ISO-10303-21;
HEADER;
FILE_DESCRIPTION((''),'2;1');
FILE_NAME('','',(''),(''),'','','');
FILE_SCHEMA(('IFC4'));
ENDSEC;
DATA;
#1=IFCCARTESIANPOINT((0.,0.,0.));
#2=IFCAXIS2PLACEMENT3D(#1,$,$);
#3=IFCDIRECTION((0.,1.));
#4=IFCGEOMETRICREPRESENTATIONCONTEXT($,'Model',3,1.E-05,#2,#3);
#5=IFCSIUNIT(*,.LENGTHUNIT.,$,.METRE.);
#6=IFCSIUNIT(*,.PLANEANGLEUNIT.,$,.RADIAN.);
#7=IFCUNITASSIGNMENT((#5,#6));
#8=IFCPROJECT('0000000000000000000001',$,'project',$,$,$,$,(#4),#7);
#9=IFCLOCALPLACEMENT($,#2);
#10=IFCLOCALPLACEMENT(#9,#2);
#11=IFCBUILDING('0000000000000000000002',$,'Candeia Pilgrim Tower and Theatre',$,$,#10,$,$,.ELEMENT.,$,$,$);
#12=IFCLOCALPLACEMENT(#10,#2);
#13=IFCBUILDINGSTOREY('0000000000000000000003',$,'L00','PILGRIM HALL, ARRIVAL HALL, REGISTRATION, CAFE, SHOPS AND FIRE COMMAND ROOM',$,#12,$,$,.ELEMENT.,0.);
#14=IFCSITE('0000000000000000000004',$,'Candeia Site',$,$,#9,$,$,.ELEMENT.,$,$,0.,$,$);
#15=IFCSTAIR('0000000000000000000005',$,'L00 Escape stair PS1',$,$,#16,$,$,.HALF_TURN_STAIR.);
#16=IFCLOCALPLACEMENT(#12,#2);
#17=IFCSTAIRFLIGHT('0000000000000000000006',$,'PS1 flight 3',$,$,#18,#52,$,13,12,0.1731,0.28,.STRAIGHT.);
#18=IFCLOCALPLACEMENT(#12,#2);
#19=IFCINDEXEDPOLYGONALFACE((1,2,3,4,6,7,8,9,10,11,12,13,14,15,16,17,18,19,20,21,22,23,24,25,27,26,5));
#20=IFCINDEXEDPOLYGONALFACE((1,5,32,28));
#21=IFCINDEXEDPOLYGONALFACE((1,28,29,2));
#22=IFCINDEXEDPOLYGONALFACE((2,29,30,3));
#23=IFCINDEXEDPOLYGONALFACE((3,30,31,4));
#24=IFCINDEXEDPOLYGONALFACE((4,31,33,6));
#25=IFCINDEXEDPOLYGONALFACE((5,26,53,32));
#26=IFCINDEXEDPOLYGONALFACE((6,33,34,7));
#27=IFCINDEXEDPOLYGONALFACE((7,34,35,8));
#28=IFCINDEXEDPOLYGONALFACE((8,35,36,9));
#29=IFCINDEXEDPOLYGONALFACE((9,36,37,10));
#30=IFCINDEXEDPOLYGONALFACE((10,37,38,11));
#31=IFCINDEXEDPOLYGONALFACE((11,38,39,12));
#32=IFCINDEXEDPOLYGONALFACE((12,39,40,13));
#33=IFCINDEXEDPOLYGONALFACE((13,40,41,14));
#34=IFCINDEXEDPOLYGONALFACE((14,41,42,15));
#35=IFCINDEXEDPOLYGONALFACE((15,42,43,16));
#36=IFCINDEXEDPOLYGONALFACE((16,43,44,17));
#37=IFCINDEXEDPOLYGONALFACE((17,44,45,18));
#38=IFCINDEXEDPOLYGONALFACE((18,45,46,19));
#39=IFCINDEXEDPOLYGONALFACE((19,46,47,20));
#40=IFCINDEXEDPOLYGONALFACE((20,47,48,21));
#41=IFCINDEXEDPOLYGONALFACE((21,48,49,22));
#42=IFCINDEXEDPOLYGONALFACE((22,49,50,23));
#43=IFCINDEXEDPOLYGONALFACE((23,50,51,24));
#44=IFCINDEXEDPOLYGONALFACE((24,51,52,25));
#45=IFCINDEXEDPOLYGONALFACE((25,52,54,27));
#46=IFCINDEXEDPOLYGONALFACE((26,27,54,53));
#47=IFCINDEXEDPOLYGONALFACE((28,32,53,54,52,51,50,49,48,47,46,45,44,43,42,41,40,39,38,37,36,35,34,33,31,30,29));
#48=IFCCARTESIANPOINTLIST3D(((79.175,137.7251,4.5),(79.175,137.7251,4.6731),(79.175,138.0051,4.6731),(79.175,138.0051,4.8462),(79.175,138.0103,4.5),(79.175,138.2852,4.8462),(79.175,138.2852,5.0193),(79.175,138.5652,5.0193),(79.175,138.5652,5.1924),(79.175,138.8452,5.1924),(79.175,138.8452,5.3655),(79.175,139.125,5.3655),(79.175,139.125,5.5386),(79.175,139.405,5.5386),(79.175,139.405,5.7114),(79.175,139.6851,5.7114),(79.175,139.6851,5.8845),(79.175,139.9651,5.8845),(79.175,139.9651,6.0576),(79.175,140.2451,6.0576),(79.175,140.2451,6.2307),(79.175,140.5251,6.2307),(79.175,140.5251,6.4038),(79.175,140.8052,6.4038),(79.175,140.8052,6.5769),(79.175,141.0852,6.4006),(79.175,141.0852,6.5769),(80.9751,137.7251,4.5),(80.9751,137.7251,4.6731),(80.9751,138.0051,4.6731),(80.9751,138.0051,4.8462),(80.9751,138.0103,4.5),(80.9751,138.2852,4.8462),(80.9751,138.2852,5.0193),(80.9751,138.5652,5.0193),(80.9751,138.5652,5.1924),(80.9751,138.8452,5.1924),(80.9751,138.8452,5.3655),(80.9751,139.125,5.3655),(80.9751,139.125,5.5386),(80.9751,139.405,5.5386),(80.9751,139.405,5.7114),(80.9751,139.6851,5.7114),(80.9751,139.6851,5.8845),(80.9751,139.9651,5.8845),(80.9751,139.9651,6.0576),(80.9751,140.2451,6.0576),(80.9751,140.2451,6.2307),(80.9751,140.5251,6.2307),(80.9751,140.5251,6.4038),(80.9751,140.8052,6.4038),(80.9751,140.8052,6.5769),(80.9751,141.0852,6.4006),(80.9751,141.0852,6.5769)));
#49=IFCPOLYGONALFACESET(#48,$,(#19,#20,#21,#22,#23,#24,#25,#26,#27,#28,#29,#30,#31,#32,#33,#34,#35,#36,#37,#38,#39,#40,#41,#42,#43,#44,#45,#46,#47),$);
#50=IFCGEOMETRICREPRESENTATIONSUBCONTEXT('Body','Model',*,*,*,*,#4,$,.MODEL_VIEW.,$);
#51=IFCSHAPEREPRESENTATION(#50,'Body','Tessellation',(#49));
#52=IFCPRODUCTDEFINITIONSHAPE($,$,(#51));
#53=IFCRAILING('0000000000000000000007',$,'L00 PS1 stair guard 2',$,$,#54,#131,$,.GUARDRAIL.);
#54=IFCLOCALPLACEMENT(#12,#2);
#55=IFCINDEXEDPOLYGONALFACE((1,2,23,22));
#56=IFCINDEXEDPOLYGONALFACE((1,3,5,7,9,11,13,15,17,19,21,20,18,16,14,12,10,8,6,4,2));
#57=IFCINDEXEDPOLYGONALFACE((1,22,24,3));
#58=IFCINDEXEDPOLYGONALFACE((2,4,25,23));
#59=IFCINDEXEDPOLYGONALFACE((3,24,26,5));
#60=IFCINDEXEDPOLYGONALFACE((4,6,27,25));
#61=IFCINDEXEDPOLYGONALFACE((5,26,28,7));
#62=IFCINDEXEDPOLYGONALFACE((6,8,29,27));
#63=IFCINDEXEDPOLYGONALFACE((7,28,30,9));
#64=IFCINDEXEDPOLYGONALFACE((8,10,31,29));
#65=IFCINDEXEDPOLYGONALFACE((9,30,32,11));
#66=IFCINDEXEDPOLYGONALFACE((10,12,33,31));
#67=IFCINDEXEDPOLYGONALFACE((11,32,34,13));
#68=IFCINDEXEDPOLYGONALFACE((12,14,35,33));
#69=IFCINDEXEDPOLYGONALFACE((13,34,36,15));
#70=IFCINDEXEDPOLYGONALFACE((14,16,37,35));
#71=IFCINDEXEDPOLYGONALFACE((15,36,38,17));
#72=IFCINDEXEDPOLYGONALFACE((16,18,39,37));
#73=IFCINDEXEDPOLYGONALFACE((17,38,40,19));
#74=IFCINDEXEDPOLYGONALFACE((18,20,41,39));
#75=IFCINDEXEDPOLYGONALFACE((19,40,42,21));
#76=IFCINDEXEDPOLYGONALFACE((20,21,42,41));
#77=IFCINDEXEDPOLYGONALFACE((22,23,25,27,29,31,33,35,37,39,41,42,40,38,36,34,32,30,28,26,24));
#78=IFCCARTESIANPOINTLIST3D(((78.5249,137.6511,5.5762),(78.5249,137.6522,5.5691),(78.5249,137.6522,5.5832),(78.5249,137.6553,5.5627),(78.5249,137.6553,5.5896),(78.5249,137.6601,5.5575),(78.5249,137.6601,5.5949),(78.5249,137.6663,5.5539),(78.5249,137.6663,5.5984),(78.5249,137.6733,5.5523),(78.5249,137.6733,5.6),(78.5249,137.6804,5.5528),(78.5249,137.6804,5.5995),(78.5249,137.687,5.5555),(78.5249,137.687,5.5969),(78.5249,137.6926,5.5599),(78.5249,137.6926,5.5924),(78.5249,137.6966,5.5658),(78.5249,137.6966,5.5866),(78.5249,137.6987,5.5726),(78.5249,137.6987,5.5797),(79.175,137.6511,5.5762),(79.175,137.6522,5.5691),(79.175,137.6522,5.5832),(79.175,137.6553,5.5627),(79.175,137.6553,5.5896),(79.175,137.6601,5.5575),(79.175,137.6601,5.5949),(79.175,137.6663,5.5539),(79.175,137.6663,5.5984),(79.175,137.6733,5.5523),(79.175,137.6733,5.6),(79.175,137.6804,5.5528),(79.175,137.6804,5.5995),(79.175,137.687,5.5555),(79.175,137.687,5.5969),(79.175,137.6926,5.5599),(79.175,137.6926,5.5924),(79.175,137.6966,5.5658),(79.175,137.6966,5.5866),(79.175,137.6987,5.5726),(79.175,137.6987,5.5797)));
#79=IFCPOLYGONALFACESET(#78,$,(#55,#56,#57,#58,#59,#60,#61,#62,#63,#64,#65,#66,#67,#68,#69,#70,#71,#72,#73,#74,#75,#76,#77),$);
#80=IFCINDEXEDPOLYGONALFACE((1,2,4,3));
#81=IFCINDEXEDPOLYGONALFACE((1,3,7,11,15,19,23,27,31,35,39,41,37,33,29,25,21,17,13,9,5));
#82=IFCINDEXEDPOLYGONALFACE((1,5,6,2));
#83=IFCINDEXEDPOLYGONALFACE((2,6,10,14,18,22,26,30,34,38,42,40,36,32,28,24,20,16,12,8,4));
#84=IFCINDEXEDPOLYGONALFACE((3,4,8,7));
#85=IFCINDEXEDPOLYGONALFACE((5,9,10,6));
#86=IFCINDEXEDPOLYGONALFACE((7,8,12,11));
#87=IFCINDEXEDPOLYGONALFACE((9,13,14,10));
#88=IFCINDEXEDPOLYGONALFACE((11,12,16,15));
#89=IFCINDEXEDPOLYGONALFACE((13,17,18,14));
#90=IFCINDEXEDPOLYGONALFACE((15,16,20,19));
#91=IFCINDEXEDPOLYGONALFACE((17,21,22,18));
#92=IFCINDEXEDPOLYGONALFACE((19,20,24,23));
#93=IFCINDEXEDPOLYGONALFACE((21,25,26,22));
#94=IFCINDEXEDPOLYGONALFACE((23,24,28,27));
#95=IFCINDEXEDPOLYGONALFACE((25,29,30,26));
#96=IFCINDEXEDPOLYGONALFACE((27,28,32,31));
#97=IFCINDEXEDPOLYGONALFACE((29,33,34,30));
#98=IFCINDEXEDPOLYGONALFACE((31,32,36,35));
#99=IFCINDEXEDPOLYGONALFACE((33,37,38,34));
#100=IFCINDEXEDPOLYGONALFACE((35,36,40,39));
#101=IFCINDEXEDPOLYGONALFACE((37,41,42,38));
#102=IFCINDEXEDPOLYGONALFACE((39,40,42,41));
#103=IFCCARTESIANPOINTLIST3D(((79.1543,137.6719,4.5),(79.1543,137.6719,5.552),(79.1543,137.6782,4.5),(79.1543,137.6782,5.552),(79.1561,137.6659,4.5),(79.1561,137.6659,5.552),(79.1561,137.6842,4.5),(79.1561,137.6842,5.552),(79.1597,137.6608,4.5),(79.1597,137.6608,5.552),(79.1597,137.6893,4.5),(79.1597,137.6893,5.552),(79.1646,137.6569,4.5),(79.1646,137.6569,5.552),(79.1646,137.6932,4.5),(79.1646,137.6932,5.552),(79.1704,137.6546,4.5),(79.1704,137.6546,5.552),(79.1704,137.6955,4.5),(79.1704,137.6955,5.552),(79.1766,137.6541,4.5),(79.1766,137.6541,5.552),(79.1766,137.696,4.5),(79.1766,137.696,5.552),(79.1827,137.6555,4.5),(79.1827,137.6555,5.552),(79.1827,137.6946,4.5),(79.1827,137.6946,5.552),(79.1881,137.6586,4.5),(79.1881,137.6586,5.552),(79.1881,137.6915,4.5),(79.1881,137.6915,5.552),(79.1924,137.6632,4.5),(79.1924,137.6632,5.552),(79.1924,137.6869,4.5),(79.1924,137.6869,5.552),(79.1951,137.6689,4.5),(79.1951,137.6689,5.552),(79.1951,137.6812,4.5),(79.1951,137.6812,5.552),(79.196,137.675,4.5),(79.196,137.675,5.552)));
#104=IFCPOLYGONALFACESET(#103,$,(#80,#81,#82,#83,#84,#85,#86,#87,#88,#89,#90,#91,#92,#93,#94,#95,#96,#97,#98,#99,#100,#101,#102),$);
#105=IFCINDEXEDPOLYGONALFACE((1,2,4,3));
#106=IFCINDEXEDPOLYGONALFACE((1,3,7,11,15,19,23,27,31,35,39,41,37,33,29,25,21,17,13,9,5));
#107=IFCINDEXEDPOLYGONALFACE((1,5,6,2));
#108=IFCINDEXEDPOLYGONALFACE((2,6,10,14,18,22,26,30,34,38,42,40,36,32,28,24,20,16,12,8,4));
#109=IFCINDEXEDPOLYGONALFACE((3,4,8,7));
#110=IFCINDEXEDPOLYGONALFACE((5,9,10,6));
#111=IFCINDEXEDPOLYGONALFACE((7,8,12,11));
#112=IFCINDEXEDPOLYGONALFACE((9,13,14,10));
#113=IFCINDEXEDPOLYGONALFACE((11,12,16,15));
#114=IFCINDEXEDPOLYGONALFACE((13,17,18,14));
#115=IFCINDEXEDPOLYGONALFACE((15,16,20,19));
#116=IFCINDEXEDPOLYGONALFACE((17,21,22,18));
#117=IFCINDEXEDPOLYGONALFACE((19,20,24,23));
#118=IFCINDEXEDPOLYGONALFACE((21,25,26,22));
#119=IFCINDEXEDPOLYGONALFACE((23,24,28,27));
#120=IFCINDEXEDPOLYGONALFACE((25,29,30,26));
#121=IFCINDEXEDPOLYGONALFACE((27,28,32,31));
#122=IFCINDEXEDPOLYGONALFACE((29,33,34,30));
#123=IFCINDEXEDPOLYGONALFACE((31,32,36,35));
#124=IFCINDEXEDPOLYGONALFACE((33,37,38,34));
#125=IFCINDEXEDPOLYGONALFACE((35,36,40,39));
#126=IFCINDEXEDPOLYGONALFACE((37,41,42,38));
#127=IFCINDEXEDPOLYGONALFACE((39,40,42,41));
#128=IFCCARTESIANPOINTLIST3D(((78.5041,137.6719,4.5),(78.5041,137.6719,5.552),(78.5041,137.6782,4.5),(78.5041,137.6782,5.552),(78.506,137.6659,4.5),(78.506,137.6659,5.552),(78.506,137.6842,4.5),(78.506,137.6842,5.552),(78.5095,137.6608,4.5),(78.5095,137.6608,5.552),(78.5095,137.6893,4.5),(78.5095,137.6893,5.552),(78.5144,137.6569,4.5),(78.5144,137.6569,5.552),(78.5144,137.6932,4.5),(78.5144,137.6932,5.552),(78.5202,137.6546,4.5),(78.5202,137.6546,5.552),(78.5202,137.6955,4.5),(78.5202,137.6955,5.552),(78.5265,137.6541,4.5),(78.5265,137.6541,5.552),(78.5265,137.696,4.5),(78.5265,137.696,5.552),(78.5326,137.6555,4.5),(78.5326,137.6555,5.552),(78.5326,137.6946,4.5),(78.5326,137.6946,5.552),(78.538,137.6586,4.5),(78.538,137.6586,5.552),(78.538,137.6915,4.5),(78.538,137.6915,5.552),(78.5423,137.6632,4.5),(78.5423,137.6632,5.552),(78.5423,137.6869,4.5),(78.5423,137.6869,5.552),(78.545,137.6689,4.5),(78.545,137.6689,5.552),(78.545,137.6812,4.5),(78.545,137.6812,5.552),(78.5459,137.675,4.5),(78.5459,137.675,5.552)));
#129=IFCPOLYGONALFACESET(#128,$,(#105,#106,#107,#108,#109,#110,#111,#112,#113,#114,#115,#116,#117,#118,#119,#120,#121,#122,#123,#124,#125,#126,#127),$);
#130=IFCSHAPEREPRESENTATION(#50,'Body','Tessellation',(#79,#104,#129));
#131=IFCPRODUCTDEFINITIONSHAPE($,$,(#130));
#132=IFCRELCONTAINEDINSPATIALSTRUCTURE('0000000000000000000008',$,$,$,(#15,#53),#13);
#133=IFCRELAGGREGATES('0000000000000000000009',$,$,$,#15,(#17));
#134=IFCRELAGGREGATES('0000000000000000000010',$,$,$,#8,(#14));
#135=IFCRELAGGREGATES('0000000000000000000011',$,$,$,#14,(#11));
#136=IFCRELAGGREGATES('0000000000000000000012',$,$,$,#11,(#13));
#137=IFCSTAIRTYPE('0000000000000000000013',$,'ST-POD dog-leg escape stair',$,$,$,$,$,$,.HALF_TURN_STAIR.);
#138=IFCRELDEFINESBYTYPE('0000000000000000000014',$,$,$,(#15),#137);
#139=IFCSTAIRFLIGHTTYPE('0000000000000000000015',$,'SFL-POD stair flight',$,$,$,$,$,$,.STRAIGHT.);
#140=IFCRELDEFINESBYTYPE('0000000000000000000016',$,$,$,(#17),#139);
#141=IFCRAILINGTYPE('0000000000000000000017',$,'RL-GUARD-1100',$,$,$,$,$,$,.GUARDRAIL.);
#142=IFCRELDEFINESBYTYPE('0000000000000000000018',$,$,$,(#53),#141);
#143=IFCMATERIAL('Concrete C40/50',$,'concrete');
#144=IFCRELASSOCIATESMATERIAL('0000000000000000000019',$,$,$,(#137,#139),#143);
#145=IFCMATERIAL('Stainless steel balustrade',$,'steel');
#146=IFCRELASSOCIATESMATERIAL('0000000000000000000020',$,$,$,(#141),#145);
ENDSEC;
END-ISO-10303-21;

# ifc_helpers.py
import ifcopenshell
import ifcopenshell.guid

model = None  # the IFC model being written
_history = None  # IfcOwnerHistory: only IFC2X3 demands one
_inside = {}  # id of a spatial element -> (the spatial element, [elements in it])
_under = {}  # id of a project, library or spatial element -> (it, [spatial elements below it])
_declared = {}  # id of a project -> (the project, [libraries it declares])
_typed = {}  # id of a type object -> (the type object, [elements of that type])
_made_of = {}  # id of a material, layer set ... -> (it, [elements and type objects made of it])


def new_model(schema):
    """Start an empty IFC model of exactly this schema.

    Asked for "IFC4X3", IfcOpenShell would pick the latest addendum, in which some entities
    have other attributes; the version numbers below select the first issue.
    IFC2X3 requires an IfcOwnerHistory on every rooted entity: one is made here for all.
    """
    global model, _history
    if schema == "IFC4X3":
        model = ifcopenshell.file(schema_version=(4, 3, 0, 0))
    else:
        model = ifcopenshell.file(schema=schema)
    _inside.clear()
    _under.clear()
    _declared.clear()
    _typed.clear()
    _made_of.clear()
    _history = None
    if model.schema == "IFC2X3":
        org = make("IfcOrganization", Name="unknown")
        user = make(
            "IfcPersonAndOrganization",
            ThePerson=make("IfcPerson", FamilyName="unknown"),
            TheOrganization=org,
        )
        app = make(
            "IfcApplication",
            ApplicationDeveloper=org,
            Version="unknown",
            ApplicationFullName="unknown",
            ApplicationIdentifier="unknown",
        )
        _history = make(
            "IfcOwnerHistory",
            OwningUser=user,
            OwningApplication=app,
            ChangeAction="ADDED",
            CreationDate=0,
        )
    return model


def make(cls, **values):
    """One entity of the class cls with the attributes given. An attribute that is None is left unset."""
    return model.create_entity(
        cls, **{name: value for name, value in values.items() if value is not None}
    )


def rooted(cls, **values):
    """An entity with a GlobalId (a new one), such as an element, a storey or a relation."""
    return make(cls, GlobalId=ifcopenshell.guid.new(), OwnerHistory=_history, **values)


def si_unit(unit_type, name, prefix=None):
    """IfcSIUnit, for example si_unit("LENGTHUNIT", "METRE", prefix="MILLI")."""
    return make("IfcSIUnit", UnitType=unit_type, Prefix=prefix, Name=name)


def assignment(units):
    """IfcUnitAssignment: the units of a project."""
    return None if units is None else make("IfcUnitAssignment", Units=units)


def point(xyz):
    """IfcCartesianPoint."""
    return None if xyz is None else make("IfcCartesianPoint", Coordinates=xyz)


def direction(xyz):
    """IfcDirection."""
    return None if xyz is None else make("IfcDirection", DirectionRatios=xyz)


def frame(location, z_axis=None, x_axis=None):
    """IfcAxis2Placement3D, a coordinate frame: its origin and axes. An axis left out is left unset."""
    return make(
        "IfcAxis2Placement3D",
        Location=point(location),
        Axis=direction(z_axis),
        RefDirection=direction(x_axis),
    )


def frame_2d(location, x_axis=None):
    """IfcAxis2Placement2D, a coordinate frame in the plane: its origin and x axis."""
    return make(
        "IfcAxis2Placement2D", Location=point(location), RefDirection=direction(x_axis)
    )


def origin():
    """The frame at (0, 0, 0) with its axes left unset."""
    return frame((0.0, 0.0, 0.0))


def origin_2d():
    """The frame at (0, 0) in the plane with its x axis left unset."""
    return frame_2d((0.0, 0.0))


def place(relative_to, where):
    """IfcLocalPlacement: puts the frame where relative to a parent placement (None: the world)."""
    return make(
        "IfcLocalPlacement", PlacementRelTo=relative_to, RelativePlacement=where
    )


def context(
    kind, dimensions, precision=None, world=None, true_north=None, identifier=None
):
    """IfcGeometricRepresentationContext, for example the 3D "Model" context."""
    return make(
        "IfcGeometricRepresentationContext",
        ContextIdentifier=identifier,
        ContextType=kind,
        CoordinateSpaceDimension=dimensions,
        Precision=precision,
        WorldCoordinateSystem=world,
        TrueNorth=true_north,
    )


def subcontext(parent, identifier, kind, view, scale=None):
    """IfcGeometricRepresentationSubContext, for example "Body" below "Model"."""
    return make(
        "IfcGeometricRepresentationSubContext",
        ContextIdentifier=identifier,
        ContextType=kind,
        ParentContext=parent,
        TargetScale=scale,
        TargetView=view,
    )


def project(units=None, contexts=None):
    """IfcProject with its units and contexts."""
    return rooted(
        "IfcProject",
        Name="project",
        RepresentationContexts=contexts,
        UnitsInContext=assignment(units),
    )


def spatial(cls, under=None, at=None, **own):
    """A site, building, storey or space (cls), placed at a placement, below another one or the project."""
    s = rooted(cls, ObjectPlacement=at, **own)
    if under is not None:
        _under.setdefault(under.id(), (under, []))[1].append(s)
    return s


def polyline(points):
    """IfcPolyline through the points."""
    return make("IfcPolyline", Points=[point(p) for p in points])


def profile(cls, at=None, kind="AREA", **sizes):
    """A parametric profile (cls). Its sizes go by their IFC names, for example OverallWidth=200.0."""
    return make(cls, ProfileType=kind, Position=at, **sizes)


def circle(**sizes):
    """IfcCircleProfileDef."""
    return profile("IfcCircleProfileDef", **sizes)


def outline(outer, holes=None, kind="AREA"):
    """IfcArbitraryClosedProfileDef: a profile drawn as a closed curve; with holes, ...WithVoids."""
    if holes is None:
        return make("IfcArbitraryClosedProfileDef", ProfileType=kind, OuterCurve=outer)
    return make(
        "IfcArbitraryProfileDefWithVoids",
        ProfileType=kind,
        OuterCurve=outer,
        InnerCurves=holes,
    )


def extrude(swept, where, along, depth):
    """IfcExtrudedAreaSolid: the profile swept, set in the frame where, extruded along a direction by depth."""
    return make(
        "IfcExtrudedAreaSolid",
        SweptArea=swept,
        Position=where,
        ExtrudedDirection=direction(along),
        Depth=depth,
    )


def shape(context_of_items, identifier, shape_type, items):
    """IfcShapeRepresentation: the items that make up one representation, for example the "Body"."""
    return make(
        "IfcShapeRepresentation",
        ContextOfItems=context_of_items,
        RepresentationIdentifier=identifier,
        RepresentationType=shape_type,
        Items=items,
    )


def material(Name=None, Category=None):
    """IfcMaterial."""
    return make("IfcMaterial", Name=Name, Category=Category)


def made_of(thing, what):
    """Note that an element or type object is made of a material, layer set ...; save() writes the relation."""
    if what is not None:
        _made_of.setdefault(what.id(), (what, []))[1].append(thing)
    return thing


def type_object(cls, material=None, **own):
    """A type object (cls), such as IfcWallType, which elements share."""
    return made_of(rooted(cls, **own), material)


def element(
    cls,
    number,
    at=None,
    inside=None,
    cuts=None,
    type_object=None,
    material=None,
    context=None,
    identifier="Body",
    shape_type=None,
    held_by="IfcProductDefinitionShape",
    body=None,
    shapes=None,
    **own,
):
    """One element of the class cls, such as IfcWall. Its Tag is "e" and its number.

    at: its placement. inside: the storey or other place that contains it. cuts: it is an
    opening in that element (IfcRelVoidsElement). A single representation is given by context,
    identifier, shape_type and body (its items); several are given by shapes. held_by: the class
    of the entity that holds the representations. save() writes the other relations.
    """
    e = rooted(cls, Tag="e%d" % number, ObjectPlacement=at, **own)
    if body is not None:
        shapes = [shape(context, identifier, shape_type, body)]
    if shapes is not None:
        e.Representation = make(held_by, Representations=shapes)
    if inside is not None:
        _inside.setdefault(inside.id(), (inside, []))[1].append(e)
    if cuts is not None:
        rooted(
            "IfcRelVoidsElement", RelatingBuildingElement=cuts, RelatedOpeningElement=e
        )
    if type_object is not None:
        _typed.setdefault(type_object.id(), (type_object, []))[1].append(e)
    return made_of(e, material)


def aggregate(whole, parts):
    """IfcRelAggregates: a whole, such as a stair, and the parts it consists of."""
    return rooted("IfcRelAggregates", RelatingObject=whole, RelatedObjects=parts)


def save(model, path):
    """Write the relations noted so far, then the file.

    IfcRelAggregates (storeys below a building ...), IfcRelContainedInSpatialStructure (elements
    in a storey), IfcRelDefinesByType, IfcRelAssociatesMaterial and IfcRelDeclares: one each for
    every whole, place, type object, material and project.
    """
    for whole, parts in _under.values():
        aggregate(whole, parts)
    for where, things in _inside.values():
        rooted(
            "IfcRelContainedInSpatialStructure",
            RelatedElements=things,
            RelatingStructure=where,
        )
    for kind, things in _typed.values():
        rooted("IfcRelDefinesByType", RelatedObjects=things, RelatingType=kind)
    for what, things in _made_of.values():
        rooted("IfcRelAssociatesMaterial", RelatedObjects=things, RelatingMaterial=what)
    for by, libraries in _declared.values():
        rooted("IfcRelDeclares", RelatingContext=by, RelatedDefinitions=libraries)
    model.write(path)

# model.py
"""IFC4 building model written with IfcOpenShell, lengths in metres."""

from ifc_helpers import new_model, si_unit, direction, frame, origin, origin_2d, place, context, subcontext, project, spatial, polyline, circle, outline, extrude, material, type_object, element, aggregate, save


model = new_model("IFC4")

# Units and contexts
model_context = context("Model", 3, precision=1e-05, world=origin(), true_north=direction((0.0, 1.0)))
body_context = subcontext(model_context, "Body", "Model", "MODEL_VIEW")
ifc_project = project(units=[si_unit("LENGTHUNIT", "METRE"), si_unit("PLANEANGLEUNIT", "RADIAN")], contexts=[model_context])

# Site, building, storey
site_placement = place(None, origin())
site = spatial("IfcSite", under=ifc_project, at=site_placement, Name="Candeia Site", CompositionType="ELEMENT", RefElevation=0.0)
building_placement = place(site_placement, origin())
building = spatial("IfcBuilding", under=site, at=building_placement, Name="Candeia Pilgrim Tower and Theatre", CompositionType="ELEMENT")
storey_placement = place(building_placement, origin())
storey = spatial("IfcBuildingStorey", under=building, at=storey_placement, Name="L00", Description="PILGRIM HALL, ARRIVAL HALL, REGISTRATION, CAFE, SHOPS AND FIRE COMMAND ROOM", CompositionType="ELEMENT", Elevation=0.0)

# Shared definitions
ifc_material_1 = material(Name="Concrete C40/50", Category="concrete")

# Stair, stair flight
stair_type = type_object("IfcStairType", Name="ST-POD dog-leg escape stair", PredefinedType="HALF_TURN_STAIR", material=ifc_material_1)
stair_placement = place(storey_placement, origin())
stair = element("IfcStair", 1, at=stair_placement, inside=storey, type_object=stair_type, Name="L00 Escape stair PS1", PredefinedType="HALF_TURN_STAIR")
stair_flight_type = type_object("IfcStairFlightType", Name="SFL-POD stair flight", PredefinedType="STRAIGHT", material=ifc_material_1)
stair_flight_1_placement = place(storey_placement, frame((80.075, 137.7251, 4.5), z_axis=(0.0, 0.0, 1.0), x_axis=(0.0, 1.0, 0.0)))
stair_flight_1 = element("IfcStairFlight", 2, at=stair_flight_1_placement, type_object=stair_flight_type, Name="PS1 flight 3", NumberOfRisers=13, NumberOfTreads=12, PredefinedType="STRAIGHT", RiserHeight=0.1731, TreadLength=0.28, context=body_context, shape_type="SweptSolid", body=[
    extrude(outline(polyline([(0.0, 0.0), (0.0, 0.1731), (0.28, 0.1731), (0.28, 0.3462), (0.5601, 0.3462), (0.5601, 0.5193), (0.8401, 0.5193), (0.8401, 0.6924), (1.1201, 0.6924), (1.1201, 0.8655), (1.3999, 0.8655), (1.3999, 1.0386), (1.6799, 1.0386), (1.6799, 1.2114), (1.96, 1.2114), (1.96, 1.3845), (2.24, 1.3845), (2.24, 1.5576), (2.52, 1.5576), (2.52, 1.7307), (2.8, 1.7307), (2.8, 1.9038), (3.0801, 1.9038), (3.0801, 2.0769), (3.3601, 2.0769), (3.3601, 2.25), (3.3601, 1.9006), (0.2852, 0.0), (0.0, 0.0)])), frame((0.0, 0.8999, 0.0), z_axis=(0.0, -1.0, 0.0), x_axis=(1.0, 0.0, 0.0)), (0.0, 0.0, 1.0), 1.8),
])
aggregate(stair, [stair_flight_1])

# Railing
ifc_material_2 = material(Name="Stainless steel balustrade", Category="steel")
railing_type_1 = type_object("IfcRailingType", Name="RL-GUARD-1100", PredefinedType="GUARDRAIL", material=ifc_material_2)
railing_1_placement = place(storey_placement, frame((79.175, 137.675, 4.5)))
element("IfcRailing", 3, at=railing_1_placement, inside=storey, type_object=railing_type_1, Name="L00 PS1 stair guard 2", PredefinedType="GUARDRAIL", context=body_context, shape_type="SweptSolid", body=[
    extrude(circle(Radius=0.0239, at=origin_2d()), frame((0.0, 0.0, 1.0762), z_axis=(-1.0, 0.0, 0.0), x_axis=(0.0, -1.0, 0.0)), (0.0, 0.0, 1.0), 0.6501),
    extrude(circle(Radius=0.021, at=origin_2d()), origin(), (0.0, 0.0, 1.0), 1.052),
    extrude(circle(Radius=0.021, at=origin_2d()), frame((-0.6501, 0.0, 0.0)), (0.0, 0.0, 1.0), 1.052),
])

save(model, "model.ifc")
